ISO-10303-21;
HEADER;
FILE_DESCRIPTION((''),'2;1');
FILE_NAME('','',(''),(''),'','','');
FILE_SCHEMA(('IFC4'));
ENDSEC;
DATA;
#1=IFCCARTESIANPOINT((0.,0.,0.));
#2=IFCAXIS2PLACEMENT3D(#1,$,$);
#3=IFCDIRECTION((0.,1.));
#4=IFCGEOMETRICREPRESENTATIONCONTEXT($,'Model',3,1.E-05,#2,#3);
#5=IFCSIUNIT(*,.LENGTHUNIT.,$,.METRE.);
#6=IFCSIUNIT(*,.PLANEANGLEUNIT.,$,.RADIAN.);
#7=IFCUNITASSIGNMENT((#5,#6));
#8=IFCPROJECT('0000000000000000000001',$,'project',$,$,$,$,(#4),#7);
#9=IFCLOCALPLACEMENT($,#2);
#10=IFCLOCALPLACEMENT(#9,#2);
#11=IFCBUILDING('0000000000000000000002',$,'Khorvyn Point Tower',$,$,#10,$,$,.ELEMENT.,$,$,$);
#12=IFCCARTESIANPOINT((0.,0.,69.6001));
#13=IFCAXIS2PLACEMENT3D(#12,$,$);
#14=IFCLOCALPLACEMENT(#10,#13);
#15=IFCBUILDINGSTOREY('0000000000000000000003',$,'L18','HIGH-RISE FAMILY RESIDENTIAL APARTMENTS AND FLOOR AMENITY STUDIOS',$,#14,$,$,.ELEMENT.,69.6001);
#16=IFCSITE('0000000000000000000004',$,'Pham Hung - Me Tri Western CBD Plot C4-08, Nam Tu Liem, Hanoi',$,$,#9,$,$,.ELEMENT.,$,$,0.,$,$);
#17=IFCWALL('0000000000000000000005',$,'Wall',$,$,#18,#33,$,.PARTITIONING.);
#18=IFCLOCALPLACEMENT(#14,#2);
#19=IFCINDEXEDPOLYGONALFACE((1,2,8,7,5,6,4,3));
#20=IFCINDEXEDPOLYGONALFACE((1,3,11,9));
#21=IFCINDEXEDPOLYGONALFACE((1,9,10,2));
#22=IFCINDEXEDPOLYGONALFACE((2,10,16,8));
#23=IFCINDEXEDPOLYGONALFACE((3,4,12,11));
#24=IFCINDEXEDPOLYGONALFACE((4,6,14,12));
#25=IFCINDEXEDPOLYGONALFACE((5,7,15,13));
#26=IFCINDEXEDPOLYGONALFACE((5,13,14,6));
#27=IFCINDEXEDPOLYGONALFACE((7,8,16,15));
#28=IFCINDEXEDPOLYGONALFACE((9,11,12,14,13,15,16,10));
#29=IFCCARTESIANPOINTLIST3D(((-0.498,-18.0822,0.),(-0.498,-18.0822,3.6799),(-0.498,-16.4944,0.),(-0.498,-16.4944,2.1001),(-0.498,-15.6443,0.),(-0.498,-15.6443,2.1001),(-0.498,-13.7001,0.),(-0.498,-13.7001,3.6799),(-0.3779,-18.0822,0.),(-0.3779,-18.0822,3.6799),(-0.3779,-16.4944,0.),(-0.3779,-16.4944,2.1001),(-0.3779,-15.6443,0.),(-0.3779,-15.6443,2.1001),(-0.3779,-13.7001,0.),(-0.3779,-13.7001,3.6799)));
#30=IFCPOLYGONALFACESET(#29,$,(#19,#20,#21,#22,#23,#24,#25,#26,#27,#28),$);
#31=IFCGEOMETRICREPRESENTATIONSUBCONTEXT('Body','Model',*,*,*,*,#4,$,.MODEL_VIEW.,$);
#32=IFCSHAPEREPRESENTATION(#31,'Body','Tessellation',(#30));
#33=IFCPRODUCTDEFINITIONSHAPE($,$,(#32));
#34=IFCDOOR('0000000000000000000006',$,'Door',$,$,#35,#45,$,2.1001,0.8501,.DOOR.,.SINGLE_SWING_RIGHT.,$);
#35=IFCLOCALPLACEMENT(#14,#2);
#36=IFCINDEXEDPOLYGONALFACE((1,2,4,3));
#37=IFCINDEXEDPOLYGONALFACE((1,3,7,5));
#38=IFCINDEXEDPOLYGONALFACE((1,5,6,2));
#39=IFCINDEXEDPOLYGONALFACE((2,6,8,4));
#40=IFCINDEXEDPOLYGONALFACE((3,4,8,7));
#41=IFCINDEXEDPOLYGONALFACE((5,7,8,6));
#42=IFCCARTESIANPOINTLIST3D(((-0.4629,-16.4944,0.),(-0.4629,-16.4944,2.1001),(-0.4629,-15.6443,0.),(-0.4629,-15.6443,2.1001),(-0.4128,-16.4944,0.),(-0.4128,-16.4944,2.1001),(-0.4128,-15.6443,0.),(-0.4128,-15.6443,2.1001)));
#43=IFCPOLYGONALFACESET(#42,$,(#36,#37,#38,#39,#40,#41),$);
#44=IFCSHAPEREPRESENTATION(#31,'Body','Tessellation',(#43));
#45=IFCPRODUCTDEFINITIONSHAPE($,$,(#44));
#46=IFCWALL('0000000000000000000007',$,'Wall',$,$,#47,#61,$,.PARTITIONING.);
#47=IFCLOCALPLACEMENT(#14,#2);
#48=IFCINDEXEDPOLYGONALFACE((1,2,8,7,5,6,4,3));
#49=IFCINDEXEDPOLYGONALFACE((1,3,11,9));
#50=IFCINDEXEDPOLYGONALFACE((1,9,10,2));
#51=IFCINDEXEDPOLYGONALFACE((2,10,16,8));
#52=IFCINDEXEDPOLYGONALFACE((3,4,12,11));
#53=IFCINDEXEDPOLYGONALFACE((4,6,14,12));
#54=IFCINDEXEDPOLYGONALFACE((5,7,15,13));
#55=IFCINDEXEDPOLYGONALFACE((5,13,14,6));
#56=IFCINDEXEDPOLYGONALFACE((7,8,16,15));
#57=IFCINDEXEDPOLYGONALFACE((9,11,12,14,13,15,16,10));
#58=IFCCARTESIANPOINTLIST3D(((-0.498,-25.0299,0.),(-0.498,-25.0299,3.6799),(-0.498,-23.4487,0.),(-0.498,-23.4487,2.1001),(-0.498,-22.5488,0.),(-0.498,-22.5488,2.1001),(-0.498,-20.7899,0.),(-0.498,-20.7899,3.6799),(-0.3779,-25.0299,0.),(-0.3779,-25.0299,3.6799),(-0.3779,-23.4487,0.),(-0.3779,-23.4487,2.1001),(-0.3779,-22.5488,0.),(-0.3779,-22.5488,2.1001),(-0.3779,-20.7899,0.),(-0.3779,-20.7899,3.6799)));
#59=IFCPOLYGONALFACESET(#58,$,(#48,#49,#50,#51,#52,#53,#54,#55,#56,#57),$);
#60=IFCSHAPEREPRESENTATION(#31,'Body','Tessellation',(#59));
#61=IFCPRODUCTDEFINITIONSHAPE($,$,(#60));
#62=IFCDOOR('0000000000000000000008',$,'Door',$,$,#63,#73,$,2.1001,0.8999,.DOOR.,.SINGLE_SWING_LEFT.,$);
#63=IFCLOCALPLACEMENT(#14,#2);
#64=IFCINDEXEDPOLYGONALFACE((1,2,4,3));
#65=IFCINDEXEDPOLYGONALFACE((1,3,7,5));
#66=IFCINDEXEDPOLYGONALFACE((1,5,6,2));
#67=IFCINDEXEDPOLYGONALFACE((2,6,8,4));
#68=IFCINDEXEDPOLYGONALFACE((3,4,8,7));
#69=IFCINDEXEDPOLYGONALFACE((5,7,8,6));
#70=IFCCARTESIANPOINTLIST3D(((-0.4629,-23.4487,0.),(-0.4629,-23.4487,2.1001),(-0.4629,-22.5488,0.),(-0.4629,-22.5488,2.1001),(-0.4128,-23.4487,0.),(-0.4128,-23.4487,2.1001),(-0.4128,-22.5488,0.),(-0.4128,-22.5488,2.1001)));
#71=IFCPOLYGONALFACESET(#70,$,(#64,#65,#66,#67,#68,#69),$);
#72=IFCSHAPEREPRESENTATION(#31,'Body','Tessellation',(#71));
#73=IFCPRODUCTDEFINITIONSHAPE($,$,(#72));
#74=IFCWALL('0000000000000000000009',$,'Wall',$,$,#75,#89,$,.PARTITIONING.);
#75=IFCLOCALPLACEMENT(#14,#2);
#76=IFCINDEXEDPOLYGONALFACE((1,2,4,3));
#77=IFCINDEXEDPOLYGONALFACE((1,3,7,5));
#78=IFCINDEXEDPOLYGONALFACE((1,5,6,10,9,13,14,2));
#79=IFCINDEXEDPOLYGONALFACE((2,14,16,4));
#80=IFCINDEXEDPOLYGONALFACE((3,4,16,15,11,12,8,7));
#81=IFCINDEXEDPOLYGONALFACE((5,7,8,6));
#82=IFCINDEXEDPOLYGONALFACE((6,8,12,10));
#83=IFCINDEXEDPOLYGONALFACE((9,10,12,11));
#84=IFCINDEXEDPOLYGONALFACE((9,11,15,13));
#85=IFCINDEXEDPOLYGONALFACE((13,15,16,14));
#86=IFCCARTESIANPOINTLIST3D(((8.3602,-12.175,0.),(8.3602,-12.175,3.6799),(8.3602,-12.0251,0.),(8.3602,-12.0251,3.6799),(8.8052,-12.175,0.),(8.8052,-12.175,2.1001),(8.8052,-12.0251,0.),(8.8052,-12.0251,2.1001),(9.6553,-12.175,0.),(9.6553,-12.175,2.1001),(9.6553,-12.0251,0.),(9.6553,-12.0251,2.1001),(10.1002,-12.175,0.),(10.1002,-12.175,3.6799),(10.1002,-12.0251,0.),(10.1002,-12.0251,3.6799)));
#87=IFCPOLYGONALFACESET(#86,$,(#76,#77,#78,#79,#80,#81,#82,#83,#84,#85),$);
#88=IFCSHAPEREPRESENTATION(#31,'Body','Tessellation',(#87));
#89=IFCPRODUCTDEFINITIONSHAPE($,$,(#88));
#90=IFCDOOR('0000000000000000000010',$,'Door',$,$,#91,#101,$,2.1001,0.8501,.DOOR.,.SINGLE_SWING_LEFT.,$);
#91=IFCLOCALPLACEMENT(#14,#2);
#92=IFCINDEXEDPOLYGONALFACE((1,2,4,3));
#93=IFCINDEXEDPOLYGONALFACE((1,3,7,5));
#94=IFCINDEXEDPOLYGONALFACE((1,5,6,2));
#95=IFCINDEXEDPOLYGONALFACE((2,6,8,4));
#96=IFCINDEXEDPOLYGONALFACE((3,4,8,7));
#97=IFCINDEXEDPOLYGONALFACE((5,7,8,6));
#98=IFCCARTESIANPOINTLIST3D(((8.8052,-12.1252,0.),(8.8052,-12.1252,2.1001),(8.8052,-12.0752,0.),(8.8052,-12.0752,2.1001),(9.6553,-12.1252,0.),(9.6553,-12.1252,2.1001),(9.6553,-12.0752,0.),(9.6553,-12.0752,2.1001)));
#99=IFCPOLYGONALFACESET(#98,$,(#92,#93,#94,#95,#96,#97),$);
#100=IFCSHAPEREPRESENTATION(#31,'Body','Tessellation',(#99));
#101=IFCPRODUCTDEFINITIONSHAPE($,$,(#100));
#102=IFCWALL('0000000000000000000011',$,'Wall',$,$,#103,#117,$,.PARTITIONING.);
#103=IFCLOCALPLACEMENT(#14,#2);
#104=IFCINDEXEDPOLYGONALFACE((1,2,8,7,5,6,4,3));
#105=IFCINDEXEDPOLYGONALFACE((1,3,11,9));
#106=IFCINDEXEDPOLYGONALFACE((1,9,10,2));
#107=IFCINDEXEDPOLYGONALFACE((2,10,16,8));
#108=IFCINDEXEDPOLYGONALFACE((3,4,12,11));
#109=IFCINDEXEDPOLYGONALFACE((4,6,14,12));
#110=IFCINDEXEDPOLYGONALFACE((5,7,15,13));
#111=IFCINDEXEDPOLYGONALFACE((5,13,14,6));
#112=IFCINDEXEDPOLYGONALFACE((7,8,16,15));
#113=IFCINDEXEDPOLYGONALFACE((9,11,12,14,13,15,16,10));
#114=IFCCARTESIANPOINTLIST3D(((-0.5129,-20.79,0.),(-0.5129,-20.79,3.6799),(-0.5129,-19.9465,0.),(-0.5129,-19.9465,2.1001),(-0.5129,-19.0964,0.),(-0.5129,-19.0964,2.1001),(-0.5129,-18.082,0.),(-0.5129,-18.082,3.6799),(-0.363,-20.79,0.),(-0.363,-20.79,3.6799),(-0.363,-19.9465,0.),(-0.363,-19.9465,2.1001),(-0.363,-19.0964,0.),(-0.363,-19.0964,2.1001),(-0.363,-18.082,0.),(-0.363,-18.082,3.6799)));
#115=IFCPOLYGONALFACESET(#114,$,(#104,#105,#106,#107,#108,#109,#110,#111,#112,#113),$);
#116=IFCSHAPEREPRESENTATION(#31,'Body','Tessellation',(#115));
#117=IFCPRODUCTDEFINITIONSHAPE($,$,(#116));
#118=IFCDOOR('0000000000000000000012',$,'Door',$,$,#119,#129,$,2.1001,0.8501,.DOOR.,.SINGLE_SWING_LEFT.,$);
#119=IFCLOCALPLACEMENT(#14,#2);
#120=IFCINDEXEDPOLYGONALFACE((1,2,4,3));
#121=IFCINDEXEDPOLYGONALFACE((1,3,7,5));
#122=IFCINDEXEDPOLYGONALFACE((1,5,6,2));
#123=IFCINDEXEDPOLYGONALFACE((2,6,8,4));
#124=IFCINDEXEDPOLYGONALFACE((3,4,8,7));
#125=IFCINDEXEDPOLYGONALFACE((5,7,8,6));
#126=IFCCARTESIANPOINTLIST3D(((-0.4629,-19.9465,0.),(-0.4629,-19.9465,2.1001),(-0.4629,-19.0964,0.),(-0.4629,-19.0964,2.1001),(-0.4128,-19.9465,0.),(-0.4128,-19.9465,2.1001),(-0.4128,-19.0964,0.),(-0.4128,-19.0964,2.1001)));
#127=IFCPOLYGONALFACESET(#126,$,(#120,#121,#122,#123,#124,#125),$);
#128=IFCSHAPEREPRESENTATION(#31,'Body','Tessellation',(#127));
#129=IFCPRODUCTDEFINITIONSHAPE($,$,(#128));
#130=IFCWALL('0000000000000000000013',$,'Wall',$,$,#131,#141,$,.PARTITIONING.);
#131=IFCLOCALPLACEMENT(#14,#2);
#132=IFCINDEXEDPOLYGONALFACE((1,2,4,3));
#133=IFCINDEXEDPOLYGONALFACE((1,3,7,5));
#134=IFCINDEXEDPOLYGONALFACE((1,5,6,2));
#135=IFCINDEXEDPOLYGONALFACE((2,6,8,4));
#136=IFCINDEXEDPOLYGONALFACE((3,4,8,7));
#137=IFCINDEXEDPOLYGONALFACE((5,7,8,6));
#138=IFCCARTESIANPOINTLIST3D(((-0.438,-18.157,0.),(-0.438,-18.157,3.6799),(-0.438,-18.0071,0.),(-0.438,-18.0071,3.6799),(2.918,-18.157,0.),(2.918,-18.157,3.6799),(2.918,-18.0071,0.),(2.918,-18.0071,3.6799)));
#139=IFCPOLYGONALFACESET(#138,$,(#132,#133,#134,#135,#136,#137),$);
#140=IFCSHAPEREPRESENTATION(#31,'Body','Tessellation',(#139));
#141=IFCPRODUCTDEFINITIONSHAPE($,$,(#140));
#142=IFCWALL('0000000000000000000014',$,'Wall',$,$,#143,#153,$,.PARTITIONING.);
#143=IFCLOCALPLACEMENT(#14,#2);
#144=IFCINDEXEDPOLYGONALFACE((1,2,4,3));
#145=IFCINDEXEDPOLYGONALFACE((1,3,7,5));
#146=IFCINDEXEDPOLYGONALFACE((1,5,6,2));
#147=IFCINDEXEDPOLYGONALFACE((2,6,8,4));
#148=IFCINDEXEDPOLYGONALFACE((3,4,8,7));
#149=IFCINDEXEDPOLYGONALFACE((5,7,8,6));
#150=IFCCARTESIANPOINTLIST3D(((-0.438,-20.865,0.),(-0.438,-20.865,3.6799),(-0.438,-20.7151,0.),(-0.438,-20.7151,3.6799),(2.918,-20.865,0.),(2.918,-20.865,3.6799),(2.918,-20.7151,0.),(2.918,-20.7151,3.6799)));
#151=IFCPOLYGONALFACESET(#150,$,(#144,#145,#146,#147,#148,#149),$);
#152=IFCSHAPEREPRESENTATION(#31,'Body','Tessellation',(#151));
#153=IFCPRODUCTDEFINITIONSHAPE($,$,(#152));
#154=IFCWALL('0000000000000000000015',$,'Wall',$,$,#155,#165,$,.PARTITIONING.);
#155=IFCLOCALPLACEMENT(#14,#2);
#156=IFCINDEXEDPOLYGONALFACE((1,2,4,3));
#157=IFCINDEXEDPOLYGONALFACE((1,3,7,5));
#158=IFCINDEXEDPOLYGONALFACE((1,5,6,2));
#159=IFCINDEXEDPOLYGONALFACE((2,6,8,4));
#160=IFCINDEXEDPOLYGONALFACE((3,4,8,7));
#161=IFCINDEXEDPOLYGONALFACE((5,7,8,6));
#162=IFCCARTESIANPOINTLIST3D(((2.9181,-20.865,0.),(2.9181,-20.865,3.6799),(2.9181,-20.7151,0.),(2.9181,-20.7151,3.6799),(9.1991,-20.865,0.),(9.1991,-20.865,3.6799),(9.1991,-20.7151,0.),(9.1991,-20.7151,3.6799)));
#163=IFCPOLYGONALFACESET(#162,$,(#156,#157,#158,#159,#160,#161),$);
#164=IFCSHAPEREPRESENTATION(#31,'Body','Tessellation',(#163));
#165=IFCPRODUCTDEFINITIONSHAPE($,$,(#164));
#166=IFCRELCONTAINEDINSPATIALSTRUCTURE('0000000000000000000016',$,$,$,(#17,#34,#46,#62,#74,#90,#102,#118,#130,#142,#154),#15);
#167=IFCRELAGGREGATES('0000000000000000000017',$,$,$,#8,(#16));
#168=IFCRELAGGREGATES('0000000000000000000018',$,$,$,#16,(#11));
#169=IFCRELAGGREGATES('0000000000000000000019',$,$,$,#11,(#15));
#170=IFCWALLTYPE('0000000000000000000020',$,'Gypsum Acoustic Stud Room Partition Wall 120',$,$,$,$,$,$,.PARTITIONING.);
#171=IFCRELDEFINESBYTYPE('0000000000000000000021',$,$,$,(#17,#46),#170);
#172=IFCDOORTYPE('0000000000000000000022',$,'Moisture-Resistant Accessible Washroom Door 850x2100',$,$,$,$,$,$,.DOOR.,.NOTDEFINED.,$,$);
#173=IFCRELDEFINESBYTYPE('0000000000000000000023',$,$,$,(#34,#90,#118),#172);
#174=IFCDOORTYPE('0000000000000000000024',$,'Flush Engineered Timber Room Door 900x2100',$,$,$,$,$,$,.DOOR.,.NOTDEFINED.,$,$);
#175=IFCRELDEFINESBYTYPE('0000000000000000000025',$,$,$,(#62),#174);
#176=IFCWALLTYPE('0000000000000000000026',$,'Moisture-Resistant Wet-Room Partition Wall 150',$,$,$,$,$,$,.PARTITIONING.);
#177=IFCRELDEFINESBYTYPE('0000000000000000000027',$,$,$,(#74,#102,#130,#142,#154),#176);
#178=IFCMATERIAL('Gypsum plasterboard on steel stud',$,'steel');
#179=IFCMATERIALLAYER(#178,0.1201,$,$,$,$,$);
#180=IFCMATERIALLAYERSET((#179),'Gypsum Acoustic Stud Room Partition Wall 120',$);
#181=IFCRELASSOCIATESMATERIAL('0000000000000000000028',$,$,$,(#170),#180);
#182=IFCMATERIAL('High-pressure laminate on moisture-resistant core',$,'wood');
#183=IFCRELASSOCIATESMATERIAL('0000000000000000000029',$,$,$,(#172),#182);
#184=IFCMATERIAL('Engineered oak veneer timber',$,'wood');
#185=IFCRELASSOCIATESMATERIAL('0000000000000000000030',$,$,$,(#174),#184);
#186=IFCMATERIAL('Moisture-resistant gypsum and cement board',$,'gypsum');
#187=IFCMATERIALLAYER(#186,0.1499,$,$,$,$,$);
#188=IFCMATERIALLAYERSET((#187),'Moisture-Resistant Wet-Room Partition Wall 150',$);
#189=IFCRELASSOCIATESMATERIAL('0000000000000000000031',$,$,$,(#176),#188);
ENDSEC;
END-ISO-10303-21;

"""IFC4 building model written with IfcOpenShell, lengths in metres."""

from ifc_helpers import new_model, si_unit, direction, frame, frame_2d, origin, place, context, subcontext, project, spatial, rectangle, extrude, material, layer, layer_set, type_object, element, fill, save


model = new_model("IFC4")

# Units and contexts
model_context = context("Model", 3, precision=1e-05, world=origin(), true_north=direction((0.0, 1.0)))
body_context = subcontext(model_context, "Body", "Model", "MODEL_VIEW")
ifc_project = project(units=[si_unit("LENGTHUNIT", "METRE"), si_unit("PLANEANGLEUNIT", "RADIAN")], contexts=[model_context])

# Site, building, storey
site_placement = place(None, origin())
site = spatial("IfcSite", under=ifc_project, at=site_placement, Name="Pham Hung - Me Tri Western CBD Plot C4-08, Nam Tu Liem, Hanoi", CompositionType="ELEMENT", RefElevation=0.0)
building_placement = place(site_placement, origin())
building = spatial("IfcBuilding", under=site, at=building_placement, Name="Khorvyn Point Tower", CompositionType="ELEMENT")
storey_placement = place(building_placement, frame((0.0, 0.0, 69.6001)))
storey = spatial("IfcBuildingStorey", under=building, at=storey_placement, Name="L18", Description="HIGH-RISE FAMILY RESIDENTIAL APARTMENTS AND FLOOR AMENITY STUDIOS", CompositionType="ELEMENT", Elevation=69.6001)

# Walls, openings, doors
ifc_material_1 = material(Name="Gypsum plasterboard on steel stud", Category="steel")
ifc_layer_1 = layer(ifc_material_1, 0.1201)
ifc_layer_set_1 = layer_set([ifc_layer_1], Name="Gypsum Acoustic Stud Room Partition Wall 120")
wall_type_1 = type_object("IfcWallType", Name="Gypsum Acoustic Stud Room Partition Wall 120", PredefinedType="PARTITIONING", material=ifc_layer_set_1)
wall_1_placement = place(storey_placement, frame((-0.438, -18.082, 0.0), z_axis=(0.0, 0.0, 1.0), x_axis=(0.0, 1.0, 0.0)))
wall_1 = element("IfcWall", 1, at=wall_1_placement, inside=storey, type_object=wall_type_1, Name="Wall", PredefinedType="PARTITIONING", context=body_context, shape_type="SweptSolid", body=[
    extrude(rectangle(XDim=4.3821, YDim=0.1201, at=frame_2d((2.1909, 0.0))), origin(), (0.0, 0.0, 1.0), 3.6799),
])
opening_1_placement = place(wall_1_placement, frame((1.5876, 0.0, 0.0)))
opening_1 = element("IfcOpeningElement", 2, at=opening_1_placement, cuts=wall_1, PredefinedType="OPENING", context=body_context, shape_type="SweptSolid", body=[
    extrude(rectangle(XDim=0.8501, YDim=2.1001, at=frame_2d((0.425, 1.05))), frame((0.0, 0.0701, 0.0), z_axis=(0.0, -1.0, 0.0), x_axis=(1.0, 0.0, 0.0)), (0.0, 0.0, 1.0), 0.1401),
])
ifc_material_2 = material(Name="High-pressure laminate on moisture-resistant core", Category="wood")
door_type_1 = type_object("IfcDoorType", Name="Moisture-Resistant Accessible Washroom Door 850x2100", OperationType="NOTDEFINED", PredefinedType="DOOR", material=ifc_material_2)
door_1_placement = place(opening_1_placement, origin())
door_1 = element("IfcDoor", 3, at=door_1_placement, inside=storey, type_object=door_type_1, Name="Door", OperationType="SINGLE_SWING_RIGHT", OverallHeight=2.1001, OverallWidth=0.8501, PredefinedType="DOOR", context=body_context, shape_type="SweptSolid", body=[
    extrude(rectangle(XDim=0.8501, YDim=2.1001, at=frame_2d((0.425, 1.05))), frame((0.0, 0.0249, 0.0), z_axis=(0.0, -1.0, 0.0), x_axis=(1.0, 0.0, 0.0)), (0.0, 0.0, 1.0), 0.05),
])
fill(opening_1, door_1)
wall_2_placement = place(storey_placement, frame((-0.438, -25.03, 0.0), z_axis=(0.0, 0.0, 1.0), x_axis=(0.0, 1.0, 0.0)))
wall_2 = element("IfcWall", 4, at=wall_2_placement, inside=storey, type_object=wall_type_1, Name="Wall", PredefinedType="PARTITIONING", context=body_context, shape_type="SweptSolid", body=[
    extrude(rectangle(XDim=4.24, YDim=0.1201, at=frame_2d((2.1201, 0.0))), origin(), (0.0, 0.0, 1.0), 3.6799),
])
opening_2_placement = place(wall_2_placement, frame((1.5813, 0.0, 0.0)))
opening_2 = element("IfcOpeningElement", 5, at=opening_2_placement, cuts=wall_2, PredefinedType="OPENING", context=body_context, shape_type="SweptSolid", body=[
    extrude(rectangle(XDim=0.8999, YDim=2.1001, at=frame_2d((0.45, 1.05))), frame((0.0, 0.0701, 0.0), z_axis=(0.0, -1.0, 0.0), x_axis=(1.0, 0.0, 0.0)), (0.0, 0.0, 1.0), 0.1401),
])
ifc_material_3 = material(Name="Engineered oak veneer timber", Category="wood")
door_type_2 = type_object("IfcDoorType", Name="Flush Engineered Timber Room Door 900x2100", OperationType="NOTDEFINED", PredefinedType="DOOR", material=ifc_material_3)
door_2_placement = place(opening_2_placement, origin())
door_2 = element("IfcDoor", 6, at=door_2_placement, inside=storey, type_object=door_type_2, Name="Door", OperationType="SINGLE_SWING_LEFT", OverallHeight=2.1001, OverallWidth=0.8999, PredefinedType="DOOR", context=body_context, shape_type="SweptSolid", body=[
    extrude(rectangle(XDim=0.8999, YDim=2.1001, at=frame_2d((0.45, 1.05))), frame((0.0, 0.0249, 0.0), z_axis=(0.0, -1.0, 0.0), x_axis=(1.0, 0.0, 0.0)), (0.0, 0.0, 1.0), 0.05),
])
fill(opening_2, door_2)
ifc_material_4 = material(Name="Moisture-resistant gypsum and cement board", Category="gypsum")
ifc_layer_2 = layer(ifc_material_4, 0.1499)
ifc_layer_set_2 = layer_set([ifc_layer_2], Name="Moisture-Resistant Wet-Room Partition Wall 150")
wall_type_2 = type_object("IfcWallType", Name="Moisture-Resistant Wet-Room Partition Wall 150", PredefinedType="PARTITIONING", material=ifc_layer_set_2)
wall_3_placement = place(storey_placement, frame((8.3601, -12.1001, 0.0), z_axis=(0.0, 0.0, 1.0), x_axis=(1.0, 0.0, 0.0)))
wall_3 = element("IfcWall", 7, at=wall_3_placement, inside=storey, type_object=wall_type_2, Name="Wall", PredefinedType="PARTITIONING", context=body_context, shape_type="SweptSolid", body=[
    extrude(rectangle(XDim=1.74, YDim=0.1499, at=frame_2d((0.8701, 0.0))), origin(), (0.0, 0.0, 1.0), 3.6799),
])
opening_3_placement = place(wall_3_placement, frame((0.4451, 0.0, 0.0)))
opening_3 = element("IfcOpeningElement", 8, at=opening_3_placement, cuts=wall_3, PredefinedType="OPENING", context=body_context, shape_type="SweptSolid", body=[
    extrude(rectangle(XDim=0.8501, YDim=2.1001, at=frame_2d((0.425, 1.05))), frame((0.0, 0.085, 0.0), z_axis=(0.0, -1.0, 0.0), x_axis=(1.0, 0.0, 0.0)), (0.0, 0.0, 1.0), 0.1699),
])
door_3_placement = place(opening_3_placement, origin())
door_3 = element("IfcDoor", 9, at=door_3_placement, inside=storey, type_object=door_type_1, Name="Door", OperationType="SINGLE_SWING_LEFT", OverallHeight=2.1001, OverallWidth=0.8501, PredefinedType="DOOR", context=body_context, shape_type="SweptSolid", body=[
    extrude(rectangle(XDim=0.8501, YDim=2.1001, at=frame_2d((0.425, 1.05))), frame((0.0, 0.0249, 0.0), z_axis=(0.0, -1.0, 0.0), x_axis=(1.0, 0.0, 0.0)), (0.0, 0.0, 1.0), 0.05),
])
fill(opening_3, door_3)
wall_4_placement = place(storey_placement, frame((-0.438, -20.79, 0.0), z_axis=(0.0, 0.0, 1.0), x_axis=(0.0, 1.0, 0.0)))
wall_4 = element("IfcWall", 10, at=wall_4_placement, inside=storey, type_object=wall_type_2, Name="Wall", PredefinedType="PARTITIONING", context=body_context, shape_type="SweptSolid", body=[
    extrude(rectangle(XDim=2.708, YDim=0.1499, at=frame_2d((1.354, 0.0))), origin(), (0.0, 0.0, 1.0), 3.6799),
])
opening_4_placement = place(wall_4_placement, frame((0.8435, 0.0, 0.0)))
opening_4 = element("IfcOpeningElement", 11, at=opening_4_placement, cuts=wall_4, PredefinedType="OPENING", context=body_context, shape_type="SweptSolid", body=[
    extrude(rectangle(XDim=0.8501, YDim=2.1001, at=frame_2d((0.425, 1.05))), frame((0.0, 0.085, 0.0), z_axis=(0.0, -1.0, 0.0), x_axis=(1.0, 0.0, 0.0)), (0.0, 0.0, 1.0), 0.1699),
])
door_4_placement = place(opening_4_placement, origin())
door_4 = element("IfcDoor", 12, at=door_4_placement, inside=storey, type_object=door_type_1, Name="Door", OperationType="SINGLE_SWING_LEFT", OverallHeight=2.1001, OverallWidth=0.8501, PredefinedType="DOOR", context=body_context, shape_type="SweptSolid", body=[
    extrude(rectangle(XDim=0.8501, YDim=2.1001, at=frame_2d((0.425, 1.05))), frame((0.0, 0.0249, 0.0), z_axis=(0.0, -1.0, 0.0), x_axis=(1.0, 0.0, 0.0)), (0.0, 0.0, 1.0), 0.05),
])
fill(opening_4, door_4)

# Walls
for number, where, z_axis, x_axis, name in (
    (13, (-0.438, -18.082, 0.0), (0.0, 0.0, 1.0), (1.0, 0.0, 0.0), "Wall"),
    (14, (-0.438, -20.79, 0.0), (0.0, 0.0, 1.0), (1.0, 0.0, 0.0), "Wall"),
):
    element("IfcWall", number, at=place(storey_placement, frame(where, z_axis=z_axis, x_axis=x_axis)), inside=storey, type_object=wall_type_2, Name=name, PredefinedType="PARTITIONING", context=body_context, shape_type="SweptSolid", body=[
        extrude(rectangle(XDim=3.356, YDim=0.1499, at=frame_2d((1.678, 0.0))), origin(), (0.0, 0.0, 1.0), 3.6799),
    ])
wall_5_placement = place(storey_placement, frame((2.918, -20.79, 0.0), z_axis=(0.0, 0.0, 1.0), x_axis=(1.0, 0.0, 0.0)))
element("IfcWall", 15, at=wall_5_placement, inside=storey, type_object=wall_type_2, Name="Wall", PredefinedType="PARTITIONING", context=body_context, shape_type="SweptSolid", body=[
    extrude(rectangle(XDim=6.281, YDim=0.1499, at=frame_2d((3.1406, 0.0))), origin(), (0.0, 0.0, 1.0), 3.6799),
])

save(model, "model.ifc")
